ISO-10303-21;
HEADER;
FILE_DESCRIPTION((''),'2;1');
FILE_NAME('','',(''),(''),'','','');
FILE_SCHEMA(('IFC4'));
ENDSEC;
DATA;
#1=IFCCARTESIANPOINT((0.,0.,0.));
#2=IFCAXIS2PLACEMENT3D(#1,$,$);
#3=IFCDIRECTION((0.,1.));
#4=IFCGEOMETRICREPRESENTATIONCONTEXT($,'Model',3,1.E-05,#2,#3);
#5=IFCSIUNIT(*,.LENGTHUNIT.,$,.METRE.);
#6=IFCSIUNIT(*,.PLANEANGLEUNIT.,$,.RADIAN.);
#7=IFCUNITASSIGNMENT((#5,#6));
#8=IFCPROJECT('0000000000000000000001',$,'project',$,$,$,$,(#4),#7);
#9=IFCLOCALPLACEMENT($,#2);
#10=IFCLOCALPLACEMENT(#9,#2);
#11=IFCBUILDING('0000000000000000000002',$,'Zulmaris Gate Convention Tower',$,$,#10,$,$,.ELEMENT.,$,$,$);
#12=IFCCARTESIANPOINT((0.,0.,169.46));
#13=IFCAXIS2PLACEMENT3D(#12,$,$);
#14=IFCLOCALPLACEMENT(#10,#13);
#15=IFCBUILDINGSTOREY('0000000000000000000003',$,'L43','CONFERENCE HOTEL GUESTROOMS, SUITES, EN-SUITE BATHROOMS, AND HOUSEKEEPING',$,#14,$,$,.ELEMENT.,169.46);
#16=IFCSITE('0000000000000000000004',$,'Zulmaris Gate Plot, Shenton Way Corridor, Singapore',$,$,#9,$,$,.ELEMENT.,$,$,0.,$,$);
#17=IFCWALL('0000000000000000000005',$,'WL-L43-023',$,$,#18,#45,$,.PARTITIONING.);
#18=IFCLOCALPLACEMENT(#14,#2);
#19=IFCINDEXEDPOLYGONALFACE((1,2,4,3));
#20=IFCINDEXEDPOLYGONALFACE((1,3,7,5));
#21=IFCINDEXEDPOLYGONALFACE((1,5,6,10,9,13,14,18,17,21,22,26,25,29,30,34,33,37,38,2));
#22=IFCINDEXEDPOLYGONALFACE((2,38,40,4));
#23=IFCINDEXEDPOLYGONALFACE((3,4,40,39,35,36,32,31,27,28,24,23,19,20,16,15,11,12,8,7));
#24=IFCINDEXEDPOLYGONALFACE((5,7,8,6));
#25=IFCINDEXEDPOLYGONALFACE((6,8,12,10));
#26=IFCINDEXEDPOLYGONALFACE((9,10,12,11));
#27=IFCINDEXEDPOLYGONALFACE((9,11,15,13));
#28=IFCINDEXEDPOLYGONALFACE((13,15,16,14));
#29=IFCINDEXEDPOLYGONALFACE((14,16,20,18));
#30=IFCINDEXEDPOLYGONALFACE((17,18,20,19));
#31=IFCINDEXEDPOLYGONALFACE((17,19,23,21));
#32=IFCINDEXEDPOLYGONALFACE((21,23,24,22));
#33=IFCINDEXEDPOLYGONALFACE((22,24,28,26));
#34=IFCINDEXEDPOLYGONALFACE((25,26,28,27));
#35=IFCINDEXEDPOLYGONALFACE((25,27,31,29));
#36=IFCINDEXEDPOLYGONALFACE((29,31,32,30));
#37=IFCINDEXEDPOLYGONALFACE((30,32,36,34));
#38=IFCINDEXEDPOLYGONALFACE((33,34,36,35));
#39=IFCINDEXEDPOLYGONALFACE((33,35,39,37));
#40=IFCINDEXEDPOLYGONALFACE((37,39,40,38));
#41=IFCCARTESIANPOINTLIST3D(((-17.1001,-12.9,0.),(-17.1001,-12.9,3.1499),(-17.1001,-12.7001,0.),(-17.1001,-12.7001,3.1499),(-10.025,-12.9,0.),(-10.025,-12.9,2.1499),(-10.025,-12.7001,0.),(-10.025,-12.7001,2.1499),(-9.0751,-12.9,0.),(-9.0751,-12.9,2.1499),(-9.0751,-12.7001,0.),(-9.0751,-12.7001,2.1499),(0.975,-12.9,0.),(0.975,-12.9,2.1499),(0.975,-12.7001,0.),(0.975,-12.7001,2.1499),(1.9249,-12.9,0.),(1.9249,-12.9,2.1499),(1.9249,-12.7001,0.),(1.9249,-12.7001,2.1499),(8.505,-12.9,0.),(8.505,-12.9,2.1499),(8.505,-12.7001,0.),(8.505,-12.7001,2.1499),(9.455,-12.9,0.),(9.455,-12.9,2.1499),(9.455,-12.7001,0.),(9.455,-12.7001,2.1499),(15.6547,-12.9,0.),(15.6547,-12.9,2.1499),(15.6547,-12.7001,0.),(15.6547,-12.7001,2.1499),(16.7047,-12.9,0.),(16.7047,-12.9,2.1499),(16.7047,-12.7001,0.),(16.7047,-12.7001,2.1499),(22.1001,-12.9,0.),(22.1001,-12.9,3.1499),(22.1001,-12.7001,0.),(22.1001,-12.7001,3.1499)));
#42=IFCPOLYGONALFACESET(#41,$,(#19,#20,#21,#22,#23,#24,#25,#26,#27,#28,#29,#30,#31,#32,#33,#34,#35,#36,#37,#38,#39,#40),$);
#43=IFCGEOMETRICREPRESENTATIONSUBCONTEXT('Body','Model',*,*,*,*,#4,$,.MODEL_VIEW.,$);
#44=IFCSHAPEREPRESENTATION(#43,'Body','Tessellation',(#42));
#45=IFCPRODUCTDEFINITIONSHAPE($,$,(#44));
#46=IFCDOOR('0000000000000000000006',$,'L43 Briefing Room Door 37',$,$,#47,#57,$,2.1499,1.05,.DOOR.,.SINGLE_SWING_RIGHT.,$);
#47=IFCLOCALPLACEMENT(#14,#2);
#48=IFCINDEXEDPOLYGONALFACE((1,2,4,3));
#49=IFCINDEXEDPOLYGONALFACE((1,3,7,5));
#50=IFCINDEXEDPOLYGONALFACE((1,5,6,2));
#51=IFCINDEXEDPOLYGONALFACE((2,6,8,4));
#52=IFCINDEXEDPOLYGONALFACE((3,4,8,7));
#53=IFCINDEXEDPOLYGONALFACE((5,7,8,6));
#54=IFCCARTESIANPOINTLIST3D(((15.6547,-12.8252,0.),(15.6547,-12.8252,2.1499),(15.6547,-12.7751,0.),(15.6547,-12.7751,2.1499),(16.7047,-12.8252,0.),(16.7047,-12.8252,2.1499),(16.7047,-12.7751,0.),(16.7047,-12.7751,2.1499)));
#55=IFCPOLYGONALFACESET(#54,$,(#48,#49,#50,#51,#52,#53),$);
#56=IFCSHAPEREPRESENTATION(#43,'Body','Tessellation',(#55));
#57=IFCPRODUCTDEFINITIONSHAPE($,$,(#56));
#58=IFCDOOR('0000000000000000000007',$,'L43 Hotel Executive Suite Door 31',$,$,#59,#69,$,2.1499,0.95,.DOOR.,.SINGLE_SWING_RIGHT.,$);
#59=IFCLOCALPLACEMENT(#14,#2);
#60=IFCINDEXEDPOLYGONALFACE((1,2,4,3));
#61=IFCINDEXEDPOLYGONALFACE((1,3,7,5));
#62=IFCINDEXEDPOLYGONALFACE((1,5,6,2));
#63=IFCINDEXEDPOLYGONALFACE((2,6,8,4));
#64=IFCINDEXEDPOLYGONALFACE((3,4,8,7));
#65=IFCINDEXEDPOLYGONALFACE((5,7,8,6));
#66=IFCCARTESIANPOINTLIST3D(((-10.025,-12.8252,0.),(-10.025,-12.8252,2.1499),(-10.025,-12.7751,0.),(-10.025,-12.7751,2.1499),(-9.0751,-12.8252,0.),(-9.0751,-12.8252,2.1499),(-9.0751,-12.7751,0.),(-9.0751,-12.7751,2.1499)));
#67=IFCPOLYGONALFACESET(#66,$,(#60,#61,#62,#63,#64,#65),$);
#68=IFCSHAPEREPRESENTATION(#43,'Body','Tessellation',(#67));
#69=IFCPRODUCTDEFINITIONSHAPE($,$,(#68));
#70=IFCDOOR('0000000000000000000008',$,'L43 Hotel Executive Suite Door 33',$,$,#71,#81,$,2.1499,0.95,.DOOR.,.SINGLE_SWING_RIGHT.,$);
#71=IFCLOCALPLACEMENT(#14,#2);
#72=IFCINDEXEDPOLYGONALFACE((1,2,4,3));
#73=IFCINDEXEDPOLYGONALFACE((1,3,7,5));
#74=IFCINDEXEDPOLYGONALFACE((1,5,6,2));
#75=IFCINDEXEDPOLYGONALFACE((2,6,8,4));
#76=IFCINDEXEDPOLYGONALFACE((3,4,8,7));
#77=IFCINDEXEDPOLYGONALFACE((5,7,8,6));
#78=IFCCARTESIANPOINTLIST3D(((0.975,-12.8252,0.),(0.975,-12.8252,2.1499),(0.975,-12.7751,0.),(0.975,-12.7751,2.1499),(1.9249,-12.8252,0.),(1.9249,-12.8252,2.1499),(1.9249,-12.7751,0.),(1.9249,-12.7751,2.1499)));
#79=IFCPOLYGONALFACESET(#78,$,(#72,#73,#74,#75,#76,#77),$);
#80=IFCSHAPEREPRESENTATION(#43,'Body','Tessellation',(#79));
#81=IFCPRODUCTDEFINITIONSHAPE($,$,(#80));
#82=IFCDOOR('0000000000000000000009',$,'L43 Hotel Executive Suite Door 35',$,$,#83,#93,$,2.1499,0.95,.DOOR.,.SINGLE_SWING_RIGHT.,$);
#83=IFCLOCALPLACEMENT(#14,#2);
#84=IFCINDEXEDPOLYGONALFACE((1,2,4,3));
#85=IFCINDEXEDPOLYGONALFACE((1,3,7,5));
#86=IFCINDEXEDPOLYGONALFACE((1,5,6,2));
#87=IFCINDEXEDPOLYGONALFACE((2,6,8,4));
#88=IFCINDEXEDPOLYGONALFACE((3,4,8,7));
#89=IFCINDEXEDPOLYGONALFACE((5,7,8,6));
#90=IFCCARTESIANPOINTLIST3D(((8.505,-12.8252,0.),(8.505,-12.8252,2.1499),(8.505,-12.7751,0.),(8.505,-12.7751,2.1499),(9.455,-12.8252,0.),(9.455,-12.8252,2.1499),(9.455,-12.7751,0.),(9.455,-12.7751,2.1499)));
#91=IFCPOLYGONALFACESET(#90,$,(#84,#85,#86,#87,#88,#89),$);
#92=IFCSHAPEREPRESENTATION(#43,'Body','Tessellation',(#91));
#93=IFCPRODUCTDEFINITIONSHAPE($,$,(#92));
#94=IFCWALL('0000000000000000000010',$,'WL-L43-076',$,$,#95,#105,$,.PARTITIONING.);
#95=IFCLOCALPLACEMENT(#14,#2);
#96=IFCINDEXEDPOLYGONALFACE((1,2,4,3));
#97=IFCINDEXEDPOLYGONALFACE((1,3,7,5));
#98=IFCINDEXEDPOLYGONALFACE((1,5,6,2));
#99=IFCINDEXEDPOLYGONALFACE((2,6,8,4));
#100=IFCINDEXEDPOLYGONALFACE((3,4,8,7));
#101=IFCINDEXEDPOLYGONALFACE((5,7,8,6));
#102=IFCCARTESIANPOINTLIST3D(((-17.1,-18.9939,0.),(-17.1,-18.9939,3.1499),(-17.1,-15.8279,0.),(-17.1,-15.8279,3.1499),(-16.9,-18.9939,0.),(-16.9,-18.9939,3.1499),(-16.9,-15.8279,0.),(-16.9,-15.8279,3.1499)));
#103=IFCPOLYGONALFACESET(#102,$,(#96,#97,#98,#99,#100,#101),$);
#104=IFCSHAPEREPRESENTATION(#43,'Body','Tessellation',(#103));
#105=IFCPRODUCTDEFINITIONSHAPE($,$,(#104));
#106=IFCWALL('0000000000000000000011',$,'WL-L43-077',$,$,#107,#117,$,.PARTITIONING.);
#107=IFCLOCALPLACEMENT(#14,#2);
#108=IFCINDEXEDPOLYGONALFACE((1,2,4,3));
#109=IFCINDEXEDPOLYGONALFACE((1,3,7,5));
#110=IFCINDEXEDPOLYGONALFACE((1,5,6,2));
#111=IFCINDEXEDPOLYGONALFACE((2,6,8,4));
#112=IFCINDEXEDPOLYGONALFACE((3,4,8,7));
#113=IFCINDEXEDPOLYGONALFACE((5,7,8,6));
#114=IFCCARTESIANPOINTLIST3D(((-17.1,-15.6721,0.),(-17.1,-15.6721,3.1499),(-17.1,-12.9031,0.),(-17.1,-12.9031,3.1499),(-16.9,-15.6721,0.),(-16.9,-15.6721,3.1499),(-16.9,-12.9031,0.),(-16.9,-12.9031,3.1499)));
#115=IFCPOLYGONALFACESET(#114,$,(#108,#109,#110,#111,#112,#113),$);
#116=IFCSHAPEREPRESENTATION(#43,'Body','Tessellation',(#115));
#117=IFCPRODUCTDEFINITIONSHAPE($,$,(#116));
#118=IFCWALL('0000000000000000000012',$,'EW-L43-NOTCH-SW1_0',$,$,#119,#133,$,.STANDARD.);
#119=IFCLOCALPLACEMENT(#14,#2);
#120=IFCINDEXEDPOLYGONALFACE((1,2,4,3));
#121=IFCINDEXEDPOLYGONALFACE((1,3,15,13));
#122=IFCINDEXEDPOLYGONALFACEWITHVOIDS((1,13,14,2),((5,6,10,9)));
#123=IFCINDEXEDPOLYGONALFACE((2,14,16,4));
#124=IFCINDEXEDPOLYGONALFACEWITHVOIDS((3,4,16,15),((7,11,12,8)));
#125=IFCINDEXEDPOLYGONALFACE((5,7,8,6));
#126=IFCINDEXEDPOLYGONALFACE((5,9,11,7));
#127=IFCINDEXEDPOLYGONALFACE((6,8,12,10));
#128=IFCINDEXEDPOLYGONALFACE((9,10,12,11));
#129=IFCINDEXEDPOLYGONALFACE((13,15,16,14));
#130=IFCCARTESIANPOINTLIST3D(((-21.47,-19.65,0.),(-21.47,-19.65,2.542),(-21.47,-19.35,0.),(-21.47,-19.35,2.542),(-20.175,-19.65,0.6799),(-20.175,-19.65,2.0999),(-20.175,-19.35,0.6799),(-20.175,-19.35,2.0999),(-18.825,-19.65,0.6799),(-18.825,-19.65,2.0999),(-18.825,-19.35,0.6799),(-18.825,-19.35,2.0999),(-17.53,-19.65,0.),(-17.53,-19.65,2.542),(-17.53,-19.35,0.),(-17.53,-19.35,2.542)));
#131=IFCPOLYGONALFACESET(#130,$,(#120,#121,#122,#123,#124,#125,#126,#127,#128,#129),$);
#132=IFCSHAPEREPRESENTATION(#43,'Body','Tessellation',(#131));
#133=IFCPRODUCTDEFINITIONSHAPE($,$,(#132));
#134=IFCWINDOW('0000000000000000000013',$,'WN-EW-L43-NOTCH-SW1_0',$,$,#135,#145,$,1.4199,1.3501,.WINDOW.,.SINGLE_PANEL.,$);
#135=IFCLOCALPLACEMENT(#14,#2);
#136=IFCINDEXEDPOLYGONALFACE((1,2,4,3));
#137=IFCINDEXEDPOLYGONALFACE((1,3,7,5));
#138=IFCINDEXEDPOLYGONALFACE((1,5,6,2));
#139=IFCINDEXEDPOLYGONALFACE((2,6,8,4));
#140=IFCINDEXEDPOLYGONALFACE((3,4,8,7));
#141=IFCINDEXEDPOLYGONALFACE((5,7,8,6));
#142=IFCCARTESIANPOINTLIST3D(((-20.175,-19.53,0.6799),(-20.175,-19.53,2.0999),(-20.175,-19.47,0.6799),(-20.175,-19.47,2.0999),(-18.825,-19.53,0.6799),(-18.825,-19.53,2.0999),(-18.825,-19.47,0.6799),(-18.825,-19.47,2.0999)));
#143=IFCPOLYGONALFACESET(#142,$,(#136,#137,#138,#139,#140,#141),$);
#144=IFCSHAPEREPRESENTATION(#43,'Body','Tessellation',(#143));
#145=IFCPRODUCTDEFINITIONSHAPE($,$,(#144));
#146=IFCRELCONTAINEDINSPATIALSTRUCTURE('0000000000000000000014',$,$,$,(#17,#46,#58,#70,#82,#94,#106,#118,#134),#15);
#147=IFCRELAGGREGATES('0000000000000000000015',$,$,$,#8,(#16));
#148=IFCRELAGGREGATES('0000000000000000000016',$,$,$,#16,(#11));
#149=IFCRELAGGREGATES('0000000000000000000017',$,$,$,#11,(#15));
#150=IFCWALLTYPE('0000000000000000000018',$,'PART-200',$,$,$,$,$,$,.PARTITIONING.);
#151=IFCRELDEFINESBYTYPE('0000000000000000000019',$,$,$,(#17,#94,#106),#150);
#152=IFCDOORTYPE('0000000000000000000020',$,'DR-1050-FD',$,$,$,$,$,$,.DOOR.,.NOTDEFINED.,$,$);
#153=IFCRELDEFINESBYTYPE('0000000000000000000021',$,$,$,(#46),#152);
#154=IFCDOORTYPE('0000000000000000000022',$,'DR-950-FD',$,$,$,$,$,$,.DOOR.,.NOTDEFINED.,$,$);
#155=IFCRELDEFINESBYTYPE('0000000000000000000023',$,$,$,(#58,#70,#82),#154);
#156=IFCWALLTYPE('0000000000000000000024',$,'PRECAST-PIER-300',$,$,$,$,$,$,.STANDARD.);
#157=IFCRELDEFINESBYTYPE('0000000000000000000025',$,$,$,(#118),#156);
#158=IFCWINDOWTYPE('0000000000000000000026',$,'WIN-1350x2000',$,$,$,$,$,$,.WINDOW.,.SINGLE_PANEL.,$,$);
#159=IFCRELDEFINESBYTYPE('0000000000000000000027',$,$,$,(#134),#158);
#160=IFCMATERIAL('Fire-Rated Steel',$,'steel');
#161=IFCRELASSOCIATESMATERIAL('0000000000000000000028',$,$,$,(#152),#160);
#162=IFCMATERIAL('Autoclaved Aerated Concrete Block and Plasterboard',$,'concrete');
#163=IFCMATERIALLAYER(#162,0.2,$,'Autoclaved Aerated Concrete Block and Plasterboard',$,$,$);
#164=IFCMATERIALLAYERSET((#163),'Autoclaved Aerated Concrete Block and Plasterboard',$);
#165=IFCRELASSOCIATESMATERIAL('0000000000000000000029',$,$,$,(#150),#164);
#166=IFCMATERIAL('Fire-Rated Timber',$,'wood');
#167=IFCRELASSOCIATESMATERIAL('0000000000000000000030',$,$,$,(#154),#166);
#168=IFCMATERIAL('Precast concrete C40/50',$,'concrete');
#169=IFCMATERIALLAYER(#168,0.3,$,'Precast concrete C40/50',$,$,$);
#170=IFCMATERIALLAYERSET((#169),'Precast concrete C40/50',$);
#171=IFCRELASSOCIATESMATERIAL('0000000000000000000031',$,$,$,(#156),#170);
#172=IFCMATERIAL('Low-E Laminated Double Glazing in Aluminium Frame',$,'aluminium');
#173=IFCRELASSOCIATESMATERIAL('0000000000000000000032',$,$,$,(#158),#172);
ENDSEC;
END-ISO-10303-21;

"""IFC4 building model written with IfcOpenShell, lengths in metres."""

from ifc_helpers import new_model, si_unit, direction, frame, frame_2d, origin, place, context, subcontext, project, spatial, rectangle, extrude, material, layer, layer_set, type_object, element, fill, save


model = new_model("IFC4")

# Units and contexts
model_context = context("Model", 3, precision=1e-05, world=origin(), true_north=direction((0.0, 1.0)))
body_context = subcontext(model_context, "Body", "Model", "MODEL_VIEW")
ifc_project = project(units=[si_unit("LENGTHUNIT", "METRE"), si_unit("PLANEANGLEUNIT", "RADIAN")], contexts=[model_context])

# Site, building, storey
site_placement = place(None, origin())
site = spatial("IfcSite", under=ifc_project, at=site_placement, Name="Zulmaris Gate Plot, Shenton Way Corridor, Singapore", CompositionType="ELEMENT", RefElevation=0.0)
building_placement = place(site_placement, origin())
building = spatial("IfcBuilding", under=site, at=building_placement, Name="Zulmaris Gate Convention Tower", CompositionType="ELEMENT")
storey_placement = place(building_placement, frame((0.0, 0.0, 169.46)))
storey = spatial("IfcBuildingStorey", under=building, at=storey_placement, Name="L43", Description="CONFERENCE HOTEL GUESTROOMS, SUITES, EN-SUITE BATHROOMS, AND HOUSEKEEPING", CompositionType="ELEMENT", Elevation=169.46)

# Shared definitions
ifc_material_1 = material(Name="Fire-Rated Steel", Category="steel")
door_type_1 = type_object("IfcDoorType", Name="DR-1050-FD", OperationType="NOTDEFINED", PredefinedType="DOOR", material=ifc_material_1)

# Wall, openings, doors
ifc_material_2 = material(Name="Autoclaved Aerated Concrete Block and Plasterboard", Category="concrete")
ifc_layer_1 = layer(ifc_material_2, 0.2, Name="Autoclaved Aerated Concrete Block and Plasterboard")
ifc_layer_set_1 = layer_set([ifc_layer_1], Name="Autoclaved Aerated Concrete Block and Plasterboard")
wall_type_1 = type_object("IfcWallType", Name="PART-200", PredefinedType="PARTITIONING", material=ifc_layer_set_1)
wall_1_placement = place(storey_placement, frame((-17.1001, -12.8, 0.0), z_axis=(0.0, 0.0, 1.0), x_axis=(1.0, 0.0, 0.0)))
wall_1 = element("IfcWall", 1, at=wall_1_placement, inside=storey, type_object=wall_type_1, Name="WL-L43-023", PredefinedType="PARTITIONING", context=body_context, shape_type="SweptSolid", body=[
    extrude(rectangle(XDim=39.2002, YDim=0.2, at=frame_2d((19.6001, 0.0))), origin(), (0.0, 0.0, 1.0), 3.1499),
])
opening_1_placement = place(wall_1_placement, frame((7.075, 0.0, 0.0)))
opening_1 = element("IfcOpeningElement", 2, at=opening_1_placement, cuts=wall_1, PredefinedType="OPENING", context=body_context, shape_type="SweptSolid", body=[
    extrude(rectangle(XDim=0.95, YDim=2.1499, at=frame_2d((0.4751, 1.075))), frame((0.0, 0.1099, 0.0), z_axis=(0.0, -1.0, 0.0), x_axis=(1.0, 0.0, 0.0)), (0.0, 0.0, 1.0), 0.22),
])
opening_2_placement = place(wall_1_placement, frame((18.075, 0.0, 0.0)))
opening_2 = element("IfcOpeningElement", 3, at=opening_2_placement, cuts=wall_1, PredefinedType="OPENING", context=body_context, shape_type="SweptSolid", body=[
    extrude(rectangle(XDim=0.95, YDim=2.1499, at=frame_2d((0.4751, 1.075))), frame((0.0, 0.1099, 0.0), z_axis=(0.0, -1.0, 0.0), x_axis=(1.0, 0.0, 0.0)), (0.0, 0.0, 1.0), 0.22),
])
opening_3_placement = place(wall_1_placement, frame((25.605, 0.0, 0.0)))
opening_3 = element("IfcOpeningElement", 4, at=opening_3_placement, cuts=wall_1, PredefinedType="OPENING", context=body_context, shape_type="SweptSolid", body=[
    extrude(rectangle(XDim=0.95, YDim=2.1499, at=frame_2d((0.4751, 1.075))), frame((0.0, 0.1099, 0.0), z_axis=(0.0, -1.0, 0.0), x_axis=(1.0, 0.0, 0.0)), (0.0, 0.0, 1.0), 0.22),
])
opening_4_placement = place(wall_1_placement, frame((32.7549, 0.0, 0.0)))
opening_4 = element("IfcOpeningElement", 5, at=opening_4_placement, cuts=wall_1, PredefinedType="OPENING", context=body_context, shape_type="SweptSolid", body=[
    extrude(rectangle(XDim=1.05, YDim=2.1499, at=frame_2d((0.5249, 1.075))), frame((0.0, 0.1099, 0.0), z_axis=(0.0, -1.0, 0.0), x_axis=(1.0, 0.0, 0.0)), (0.0, 0.0, 1.0), 0.22),
])
door_1_placement = place(opening_4_placement, origin())
door_1 = element("IfcDoor", 6, at=door_1_placement, inside=storey, type_object=door_type_1, Name="L43 Briefing Room Door 37", OperationType="SINGLE_SWING_RIGHT", OverallHeight=2.1499, OverallWidth=1.05, PredefinedType="DOOR", context=body_context, shape_type="SweptSolid", body=[
    extrude(rectangle(XDim=1.05, YDim=2.1499, at=frame_2d((0.5249, 1.075))), frame((0.0, 0.0249, 0.0), z_axis=(0.0, -1.0, 0.0), x_axis=(1.0, 0.0, 0.0)), (0.0, 0.0, 1.0), 0.05),
])
fill(opening_4, door_1)
ifc_material_3 = material(Name="Fire-Rated Timber", Category="wood")
door_type_2 = type_object("IfcDoorType", Name="DR-950-FD", OperationType="NOTDEFINED", PredefinedType="DOOR", material=ifc_material_3)
door_2_placement = place(opening_1_placement, origin())
door_2 = element("IfcDoor", 7, at=door_2_placement, inside=storey, type_object=door_type_2, Name="L43 Hotel Executive Suite Door 31", OperationType="SINGLE_SWING_RIGHT", OverallHeight=2.1499, OverallWidth=0.95, PredefinedType="DOOR", context=body_context, shape_type="SweptSolid", body=[
    extrude(rectangle(XDim=0.95, YDim=2.1499, at=frame_2d((0.4751, 1.075))), frame((0.0, 0.0249, 0.0), z_axis=(0.0, -1.0, 0.0), x_axis=(1.0, 0.0, 0.0)), (0.0, 0.0, 1.0), 0.05),
])
fill(opening_1, door_2)
door_3_placement = place(opening_2_placement, origin())
door_3 = element("IfcDoor", 8, at=door_3_placement, inside=storey, type_object=door_type_2, Name="L43 Hotel Executive Suite Door 33", OperationType="SINGLE_SWING_RIGHT", OverallHeight=2.1499, OverallWidth=0.95, PredefinedType="DOOR", context=body_context, shape_type="SweptSolid", body=[
    extrude(rectangle(XDim=0.95, YDim=2.1499, at=frame_2d((0.4751, 1.075))), frame((0.0, 0.0249, 0.0), z_axis=(0.0, -1.0, 0.0), x_axis=(1.0, 0.0, 0.0)), (0.0, 0.0, 1.0), 0.05),
])
fill(opening_2, door_3)
door_4_placement = place(opening_3_placement, origin())
door_4 = element("IfcDoor", 9, at=door_4_placement, inside=storey, type_object=door_type_2, Name="L43 Hotel Executive Suite Door 35", OperationType="SINGLE_SWING_RIGHT", OverallHeight=2.1499, OverallWidth=0.95, PredefinedType="DOOR", context=body_context, shape_type="SweptSolid", body=[
    extrude(rectangle(XDim=0.95, YDim=2.1499, at=frame_2d((0.4751, 1.075))), frame((0.0, 0.0249, 0.0), z_axis=(0.0, -1.0, 0.0), x_axis=(1.0, 0.0, 0.0)), (0.0, 0.0, 1.0), 0.05),
])
fill(opening_3, door_4)

# Walls
wall_2_placement = place(storey_placement, frame((-17.0, -18.9939, 0.0), z_axis=(0.0, 0.0, 1.0), x_axis=(0.0, 1.0, 0.0)))
element("IfcWall", 10, at=wall_2_placement, inside=storey, type_object=wall_type_1, Name="WL-L43-076", PredefinedType="PARTITIONING", context=body_context, shape_type="SweptSolid", body=[
    extrude(rectangle(XDim=3.166, YDim=0.2, at=frame_2d((1.583, 0.0))), origin(), (0.0, 0.0, 1.0), 3.1499),
])
wall_3_placement = place(storey_placement, frame((-17.0, -15.6721, 0.0), z_axis=(0.0, 0.0, 1.0), x_axis=(0.0, 1.0, 0.0)))
element("IfcWall", 11, at=wall_3_placement, inside=storey, type_object=wall_type_1, Name="WL-L43-077", PredefinedType="PARTITIONING", context=body_context, shape_type="SweptSolid", body=[
    extrude(rectangle(XDim=2.769, YDim=0.2, at=frame_2d((1.3845, 0.0))), origin(), (0.0, 0.0, 1.0), 3.1499),
])

# Wall, opening, window
ifc_material_4 = material(Name="Precast concrete C40/50", Category="concrete")
ifc_layer_2 = layer(ifc_material_4, 0.3, Name="Precast concrete C40/50")
ifc_layer_set_2 = layer_set([ifc_layer_2], Name="Precast concrete C40/50")
wall_type_2 = type_object("IfcWallType", Name="PRECAST-PIER-300", PredefinedType="STANDARD", material=ifc_layer_set_2)
wall_4_placement = place(storey_placement, frame((-21.47, -19.5, 0.0), z_axis=(0.0, 0.0, 1.0), x_axis=(1.0, 0.0, 0.0)))
wall_4 = element("IfcWall", 12, at=wall_4_placement, inside=storey, type_object=wall_type_2, Name="EW-L43-NOTCH-SW1_0", PredefinedType="STANDARD", context=body_context, shape_type="SweptSolid", body=[
    extrude(rectangle(XDim=3.9399, YDim=0.3, at=frame_2d((1.97, 0.0))), origin(), (0.0, 0.0, 1.0), 2.542),
])
opening_5_placement = place(wall_4_placement, frame((1.2949, 0.0, 0.6799)))
opening_5 = element("IfcOpeningElement", 13, at=opening_5_placement, cuts=wall_4, PredefinedType="OPENING", context=body_context, shape_type="SweptSolid", body=[
    extrude(rectangle(XDim=1.3501, YDim=1.4199, at=frame_2d((0.675, 0.71))), frame((0.0, 0.1602, 0.0), z_axis=(0.0, -1.0, 0.0), x_axis=(1.0, 0.0, 0.0)), (0.0, 0.0, 1.0), 0.3201),
])
ifc_material_5 = material(Name="Low-E Laminated Double Glazing in Aluminium Frame", Category="aluminium")
window_type = type_object("IfcWindowType", Name="WIN-1350x2000", PartitioningType="SINGLE_PANEL", PredefinedType="WINDOW", material=ifc_material_5)
window_1_placement = place(opening_5_placement, origin())
window_1 = element("IfcWindow", 14, at=window_1_placement, inside=storey, type_object=window_type, Name="WN-EW-L43-NOTCH-SW1_0", OverallHeight=1.4199, OverallWidth=1.3501, PartitioningType="SINGLE_PANEL", PredefinedType="WINDOW", context=body_context, shape_type="SweptSolid", body=[
    extrude(rectangle(XDim=1.3501, YDim=1.4199, at=frame_2d((0.675, 0.71))), frame((0.0, 0.03, 0.0), z_axis=(0.0, -1.0, 0.0), x_axis=(1.0, 0.0, 0.0)), (0.0, 0.0, 1.0), 0.0601),
])
fill(opening_5, window_1)

save(model, "model.ifc")
